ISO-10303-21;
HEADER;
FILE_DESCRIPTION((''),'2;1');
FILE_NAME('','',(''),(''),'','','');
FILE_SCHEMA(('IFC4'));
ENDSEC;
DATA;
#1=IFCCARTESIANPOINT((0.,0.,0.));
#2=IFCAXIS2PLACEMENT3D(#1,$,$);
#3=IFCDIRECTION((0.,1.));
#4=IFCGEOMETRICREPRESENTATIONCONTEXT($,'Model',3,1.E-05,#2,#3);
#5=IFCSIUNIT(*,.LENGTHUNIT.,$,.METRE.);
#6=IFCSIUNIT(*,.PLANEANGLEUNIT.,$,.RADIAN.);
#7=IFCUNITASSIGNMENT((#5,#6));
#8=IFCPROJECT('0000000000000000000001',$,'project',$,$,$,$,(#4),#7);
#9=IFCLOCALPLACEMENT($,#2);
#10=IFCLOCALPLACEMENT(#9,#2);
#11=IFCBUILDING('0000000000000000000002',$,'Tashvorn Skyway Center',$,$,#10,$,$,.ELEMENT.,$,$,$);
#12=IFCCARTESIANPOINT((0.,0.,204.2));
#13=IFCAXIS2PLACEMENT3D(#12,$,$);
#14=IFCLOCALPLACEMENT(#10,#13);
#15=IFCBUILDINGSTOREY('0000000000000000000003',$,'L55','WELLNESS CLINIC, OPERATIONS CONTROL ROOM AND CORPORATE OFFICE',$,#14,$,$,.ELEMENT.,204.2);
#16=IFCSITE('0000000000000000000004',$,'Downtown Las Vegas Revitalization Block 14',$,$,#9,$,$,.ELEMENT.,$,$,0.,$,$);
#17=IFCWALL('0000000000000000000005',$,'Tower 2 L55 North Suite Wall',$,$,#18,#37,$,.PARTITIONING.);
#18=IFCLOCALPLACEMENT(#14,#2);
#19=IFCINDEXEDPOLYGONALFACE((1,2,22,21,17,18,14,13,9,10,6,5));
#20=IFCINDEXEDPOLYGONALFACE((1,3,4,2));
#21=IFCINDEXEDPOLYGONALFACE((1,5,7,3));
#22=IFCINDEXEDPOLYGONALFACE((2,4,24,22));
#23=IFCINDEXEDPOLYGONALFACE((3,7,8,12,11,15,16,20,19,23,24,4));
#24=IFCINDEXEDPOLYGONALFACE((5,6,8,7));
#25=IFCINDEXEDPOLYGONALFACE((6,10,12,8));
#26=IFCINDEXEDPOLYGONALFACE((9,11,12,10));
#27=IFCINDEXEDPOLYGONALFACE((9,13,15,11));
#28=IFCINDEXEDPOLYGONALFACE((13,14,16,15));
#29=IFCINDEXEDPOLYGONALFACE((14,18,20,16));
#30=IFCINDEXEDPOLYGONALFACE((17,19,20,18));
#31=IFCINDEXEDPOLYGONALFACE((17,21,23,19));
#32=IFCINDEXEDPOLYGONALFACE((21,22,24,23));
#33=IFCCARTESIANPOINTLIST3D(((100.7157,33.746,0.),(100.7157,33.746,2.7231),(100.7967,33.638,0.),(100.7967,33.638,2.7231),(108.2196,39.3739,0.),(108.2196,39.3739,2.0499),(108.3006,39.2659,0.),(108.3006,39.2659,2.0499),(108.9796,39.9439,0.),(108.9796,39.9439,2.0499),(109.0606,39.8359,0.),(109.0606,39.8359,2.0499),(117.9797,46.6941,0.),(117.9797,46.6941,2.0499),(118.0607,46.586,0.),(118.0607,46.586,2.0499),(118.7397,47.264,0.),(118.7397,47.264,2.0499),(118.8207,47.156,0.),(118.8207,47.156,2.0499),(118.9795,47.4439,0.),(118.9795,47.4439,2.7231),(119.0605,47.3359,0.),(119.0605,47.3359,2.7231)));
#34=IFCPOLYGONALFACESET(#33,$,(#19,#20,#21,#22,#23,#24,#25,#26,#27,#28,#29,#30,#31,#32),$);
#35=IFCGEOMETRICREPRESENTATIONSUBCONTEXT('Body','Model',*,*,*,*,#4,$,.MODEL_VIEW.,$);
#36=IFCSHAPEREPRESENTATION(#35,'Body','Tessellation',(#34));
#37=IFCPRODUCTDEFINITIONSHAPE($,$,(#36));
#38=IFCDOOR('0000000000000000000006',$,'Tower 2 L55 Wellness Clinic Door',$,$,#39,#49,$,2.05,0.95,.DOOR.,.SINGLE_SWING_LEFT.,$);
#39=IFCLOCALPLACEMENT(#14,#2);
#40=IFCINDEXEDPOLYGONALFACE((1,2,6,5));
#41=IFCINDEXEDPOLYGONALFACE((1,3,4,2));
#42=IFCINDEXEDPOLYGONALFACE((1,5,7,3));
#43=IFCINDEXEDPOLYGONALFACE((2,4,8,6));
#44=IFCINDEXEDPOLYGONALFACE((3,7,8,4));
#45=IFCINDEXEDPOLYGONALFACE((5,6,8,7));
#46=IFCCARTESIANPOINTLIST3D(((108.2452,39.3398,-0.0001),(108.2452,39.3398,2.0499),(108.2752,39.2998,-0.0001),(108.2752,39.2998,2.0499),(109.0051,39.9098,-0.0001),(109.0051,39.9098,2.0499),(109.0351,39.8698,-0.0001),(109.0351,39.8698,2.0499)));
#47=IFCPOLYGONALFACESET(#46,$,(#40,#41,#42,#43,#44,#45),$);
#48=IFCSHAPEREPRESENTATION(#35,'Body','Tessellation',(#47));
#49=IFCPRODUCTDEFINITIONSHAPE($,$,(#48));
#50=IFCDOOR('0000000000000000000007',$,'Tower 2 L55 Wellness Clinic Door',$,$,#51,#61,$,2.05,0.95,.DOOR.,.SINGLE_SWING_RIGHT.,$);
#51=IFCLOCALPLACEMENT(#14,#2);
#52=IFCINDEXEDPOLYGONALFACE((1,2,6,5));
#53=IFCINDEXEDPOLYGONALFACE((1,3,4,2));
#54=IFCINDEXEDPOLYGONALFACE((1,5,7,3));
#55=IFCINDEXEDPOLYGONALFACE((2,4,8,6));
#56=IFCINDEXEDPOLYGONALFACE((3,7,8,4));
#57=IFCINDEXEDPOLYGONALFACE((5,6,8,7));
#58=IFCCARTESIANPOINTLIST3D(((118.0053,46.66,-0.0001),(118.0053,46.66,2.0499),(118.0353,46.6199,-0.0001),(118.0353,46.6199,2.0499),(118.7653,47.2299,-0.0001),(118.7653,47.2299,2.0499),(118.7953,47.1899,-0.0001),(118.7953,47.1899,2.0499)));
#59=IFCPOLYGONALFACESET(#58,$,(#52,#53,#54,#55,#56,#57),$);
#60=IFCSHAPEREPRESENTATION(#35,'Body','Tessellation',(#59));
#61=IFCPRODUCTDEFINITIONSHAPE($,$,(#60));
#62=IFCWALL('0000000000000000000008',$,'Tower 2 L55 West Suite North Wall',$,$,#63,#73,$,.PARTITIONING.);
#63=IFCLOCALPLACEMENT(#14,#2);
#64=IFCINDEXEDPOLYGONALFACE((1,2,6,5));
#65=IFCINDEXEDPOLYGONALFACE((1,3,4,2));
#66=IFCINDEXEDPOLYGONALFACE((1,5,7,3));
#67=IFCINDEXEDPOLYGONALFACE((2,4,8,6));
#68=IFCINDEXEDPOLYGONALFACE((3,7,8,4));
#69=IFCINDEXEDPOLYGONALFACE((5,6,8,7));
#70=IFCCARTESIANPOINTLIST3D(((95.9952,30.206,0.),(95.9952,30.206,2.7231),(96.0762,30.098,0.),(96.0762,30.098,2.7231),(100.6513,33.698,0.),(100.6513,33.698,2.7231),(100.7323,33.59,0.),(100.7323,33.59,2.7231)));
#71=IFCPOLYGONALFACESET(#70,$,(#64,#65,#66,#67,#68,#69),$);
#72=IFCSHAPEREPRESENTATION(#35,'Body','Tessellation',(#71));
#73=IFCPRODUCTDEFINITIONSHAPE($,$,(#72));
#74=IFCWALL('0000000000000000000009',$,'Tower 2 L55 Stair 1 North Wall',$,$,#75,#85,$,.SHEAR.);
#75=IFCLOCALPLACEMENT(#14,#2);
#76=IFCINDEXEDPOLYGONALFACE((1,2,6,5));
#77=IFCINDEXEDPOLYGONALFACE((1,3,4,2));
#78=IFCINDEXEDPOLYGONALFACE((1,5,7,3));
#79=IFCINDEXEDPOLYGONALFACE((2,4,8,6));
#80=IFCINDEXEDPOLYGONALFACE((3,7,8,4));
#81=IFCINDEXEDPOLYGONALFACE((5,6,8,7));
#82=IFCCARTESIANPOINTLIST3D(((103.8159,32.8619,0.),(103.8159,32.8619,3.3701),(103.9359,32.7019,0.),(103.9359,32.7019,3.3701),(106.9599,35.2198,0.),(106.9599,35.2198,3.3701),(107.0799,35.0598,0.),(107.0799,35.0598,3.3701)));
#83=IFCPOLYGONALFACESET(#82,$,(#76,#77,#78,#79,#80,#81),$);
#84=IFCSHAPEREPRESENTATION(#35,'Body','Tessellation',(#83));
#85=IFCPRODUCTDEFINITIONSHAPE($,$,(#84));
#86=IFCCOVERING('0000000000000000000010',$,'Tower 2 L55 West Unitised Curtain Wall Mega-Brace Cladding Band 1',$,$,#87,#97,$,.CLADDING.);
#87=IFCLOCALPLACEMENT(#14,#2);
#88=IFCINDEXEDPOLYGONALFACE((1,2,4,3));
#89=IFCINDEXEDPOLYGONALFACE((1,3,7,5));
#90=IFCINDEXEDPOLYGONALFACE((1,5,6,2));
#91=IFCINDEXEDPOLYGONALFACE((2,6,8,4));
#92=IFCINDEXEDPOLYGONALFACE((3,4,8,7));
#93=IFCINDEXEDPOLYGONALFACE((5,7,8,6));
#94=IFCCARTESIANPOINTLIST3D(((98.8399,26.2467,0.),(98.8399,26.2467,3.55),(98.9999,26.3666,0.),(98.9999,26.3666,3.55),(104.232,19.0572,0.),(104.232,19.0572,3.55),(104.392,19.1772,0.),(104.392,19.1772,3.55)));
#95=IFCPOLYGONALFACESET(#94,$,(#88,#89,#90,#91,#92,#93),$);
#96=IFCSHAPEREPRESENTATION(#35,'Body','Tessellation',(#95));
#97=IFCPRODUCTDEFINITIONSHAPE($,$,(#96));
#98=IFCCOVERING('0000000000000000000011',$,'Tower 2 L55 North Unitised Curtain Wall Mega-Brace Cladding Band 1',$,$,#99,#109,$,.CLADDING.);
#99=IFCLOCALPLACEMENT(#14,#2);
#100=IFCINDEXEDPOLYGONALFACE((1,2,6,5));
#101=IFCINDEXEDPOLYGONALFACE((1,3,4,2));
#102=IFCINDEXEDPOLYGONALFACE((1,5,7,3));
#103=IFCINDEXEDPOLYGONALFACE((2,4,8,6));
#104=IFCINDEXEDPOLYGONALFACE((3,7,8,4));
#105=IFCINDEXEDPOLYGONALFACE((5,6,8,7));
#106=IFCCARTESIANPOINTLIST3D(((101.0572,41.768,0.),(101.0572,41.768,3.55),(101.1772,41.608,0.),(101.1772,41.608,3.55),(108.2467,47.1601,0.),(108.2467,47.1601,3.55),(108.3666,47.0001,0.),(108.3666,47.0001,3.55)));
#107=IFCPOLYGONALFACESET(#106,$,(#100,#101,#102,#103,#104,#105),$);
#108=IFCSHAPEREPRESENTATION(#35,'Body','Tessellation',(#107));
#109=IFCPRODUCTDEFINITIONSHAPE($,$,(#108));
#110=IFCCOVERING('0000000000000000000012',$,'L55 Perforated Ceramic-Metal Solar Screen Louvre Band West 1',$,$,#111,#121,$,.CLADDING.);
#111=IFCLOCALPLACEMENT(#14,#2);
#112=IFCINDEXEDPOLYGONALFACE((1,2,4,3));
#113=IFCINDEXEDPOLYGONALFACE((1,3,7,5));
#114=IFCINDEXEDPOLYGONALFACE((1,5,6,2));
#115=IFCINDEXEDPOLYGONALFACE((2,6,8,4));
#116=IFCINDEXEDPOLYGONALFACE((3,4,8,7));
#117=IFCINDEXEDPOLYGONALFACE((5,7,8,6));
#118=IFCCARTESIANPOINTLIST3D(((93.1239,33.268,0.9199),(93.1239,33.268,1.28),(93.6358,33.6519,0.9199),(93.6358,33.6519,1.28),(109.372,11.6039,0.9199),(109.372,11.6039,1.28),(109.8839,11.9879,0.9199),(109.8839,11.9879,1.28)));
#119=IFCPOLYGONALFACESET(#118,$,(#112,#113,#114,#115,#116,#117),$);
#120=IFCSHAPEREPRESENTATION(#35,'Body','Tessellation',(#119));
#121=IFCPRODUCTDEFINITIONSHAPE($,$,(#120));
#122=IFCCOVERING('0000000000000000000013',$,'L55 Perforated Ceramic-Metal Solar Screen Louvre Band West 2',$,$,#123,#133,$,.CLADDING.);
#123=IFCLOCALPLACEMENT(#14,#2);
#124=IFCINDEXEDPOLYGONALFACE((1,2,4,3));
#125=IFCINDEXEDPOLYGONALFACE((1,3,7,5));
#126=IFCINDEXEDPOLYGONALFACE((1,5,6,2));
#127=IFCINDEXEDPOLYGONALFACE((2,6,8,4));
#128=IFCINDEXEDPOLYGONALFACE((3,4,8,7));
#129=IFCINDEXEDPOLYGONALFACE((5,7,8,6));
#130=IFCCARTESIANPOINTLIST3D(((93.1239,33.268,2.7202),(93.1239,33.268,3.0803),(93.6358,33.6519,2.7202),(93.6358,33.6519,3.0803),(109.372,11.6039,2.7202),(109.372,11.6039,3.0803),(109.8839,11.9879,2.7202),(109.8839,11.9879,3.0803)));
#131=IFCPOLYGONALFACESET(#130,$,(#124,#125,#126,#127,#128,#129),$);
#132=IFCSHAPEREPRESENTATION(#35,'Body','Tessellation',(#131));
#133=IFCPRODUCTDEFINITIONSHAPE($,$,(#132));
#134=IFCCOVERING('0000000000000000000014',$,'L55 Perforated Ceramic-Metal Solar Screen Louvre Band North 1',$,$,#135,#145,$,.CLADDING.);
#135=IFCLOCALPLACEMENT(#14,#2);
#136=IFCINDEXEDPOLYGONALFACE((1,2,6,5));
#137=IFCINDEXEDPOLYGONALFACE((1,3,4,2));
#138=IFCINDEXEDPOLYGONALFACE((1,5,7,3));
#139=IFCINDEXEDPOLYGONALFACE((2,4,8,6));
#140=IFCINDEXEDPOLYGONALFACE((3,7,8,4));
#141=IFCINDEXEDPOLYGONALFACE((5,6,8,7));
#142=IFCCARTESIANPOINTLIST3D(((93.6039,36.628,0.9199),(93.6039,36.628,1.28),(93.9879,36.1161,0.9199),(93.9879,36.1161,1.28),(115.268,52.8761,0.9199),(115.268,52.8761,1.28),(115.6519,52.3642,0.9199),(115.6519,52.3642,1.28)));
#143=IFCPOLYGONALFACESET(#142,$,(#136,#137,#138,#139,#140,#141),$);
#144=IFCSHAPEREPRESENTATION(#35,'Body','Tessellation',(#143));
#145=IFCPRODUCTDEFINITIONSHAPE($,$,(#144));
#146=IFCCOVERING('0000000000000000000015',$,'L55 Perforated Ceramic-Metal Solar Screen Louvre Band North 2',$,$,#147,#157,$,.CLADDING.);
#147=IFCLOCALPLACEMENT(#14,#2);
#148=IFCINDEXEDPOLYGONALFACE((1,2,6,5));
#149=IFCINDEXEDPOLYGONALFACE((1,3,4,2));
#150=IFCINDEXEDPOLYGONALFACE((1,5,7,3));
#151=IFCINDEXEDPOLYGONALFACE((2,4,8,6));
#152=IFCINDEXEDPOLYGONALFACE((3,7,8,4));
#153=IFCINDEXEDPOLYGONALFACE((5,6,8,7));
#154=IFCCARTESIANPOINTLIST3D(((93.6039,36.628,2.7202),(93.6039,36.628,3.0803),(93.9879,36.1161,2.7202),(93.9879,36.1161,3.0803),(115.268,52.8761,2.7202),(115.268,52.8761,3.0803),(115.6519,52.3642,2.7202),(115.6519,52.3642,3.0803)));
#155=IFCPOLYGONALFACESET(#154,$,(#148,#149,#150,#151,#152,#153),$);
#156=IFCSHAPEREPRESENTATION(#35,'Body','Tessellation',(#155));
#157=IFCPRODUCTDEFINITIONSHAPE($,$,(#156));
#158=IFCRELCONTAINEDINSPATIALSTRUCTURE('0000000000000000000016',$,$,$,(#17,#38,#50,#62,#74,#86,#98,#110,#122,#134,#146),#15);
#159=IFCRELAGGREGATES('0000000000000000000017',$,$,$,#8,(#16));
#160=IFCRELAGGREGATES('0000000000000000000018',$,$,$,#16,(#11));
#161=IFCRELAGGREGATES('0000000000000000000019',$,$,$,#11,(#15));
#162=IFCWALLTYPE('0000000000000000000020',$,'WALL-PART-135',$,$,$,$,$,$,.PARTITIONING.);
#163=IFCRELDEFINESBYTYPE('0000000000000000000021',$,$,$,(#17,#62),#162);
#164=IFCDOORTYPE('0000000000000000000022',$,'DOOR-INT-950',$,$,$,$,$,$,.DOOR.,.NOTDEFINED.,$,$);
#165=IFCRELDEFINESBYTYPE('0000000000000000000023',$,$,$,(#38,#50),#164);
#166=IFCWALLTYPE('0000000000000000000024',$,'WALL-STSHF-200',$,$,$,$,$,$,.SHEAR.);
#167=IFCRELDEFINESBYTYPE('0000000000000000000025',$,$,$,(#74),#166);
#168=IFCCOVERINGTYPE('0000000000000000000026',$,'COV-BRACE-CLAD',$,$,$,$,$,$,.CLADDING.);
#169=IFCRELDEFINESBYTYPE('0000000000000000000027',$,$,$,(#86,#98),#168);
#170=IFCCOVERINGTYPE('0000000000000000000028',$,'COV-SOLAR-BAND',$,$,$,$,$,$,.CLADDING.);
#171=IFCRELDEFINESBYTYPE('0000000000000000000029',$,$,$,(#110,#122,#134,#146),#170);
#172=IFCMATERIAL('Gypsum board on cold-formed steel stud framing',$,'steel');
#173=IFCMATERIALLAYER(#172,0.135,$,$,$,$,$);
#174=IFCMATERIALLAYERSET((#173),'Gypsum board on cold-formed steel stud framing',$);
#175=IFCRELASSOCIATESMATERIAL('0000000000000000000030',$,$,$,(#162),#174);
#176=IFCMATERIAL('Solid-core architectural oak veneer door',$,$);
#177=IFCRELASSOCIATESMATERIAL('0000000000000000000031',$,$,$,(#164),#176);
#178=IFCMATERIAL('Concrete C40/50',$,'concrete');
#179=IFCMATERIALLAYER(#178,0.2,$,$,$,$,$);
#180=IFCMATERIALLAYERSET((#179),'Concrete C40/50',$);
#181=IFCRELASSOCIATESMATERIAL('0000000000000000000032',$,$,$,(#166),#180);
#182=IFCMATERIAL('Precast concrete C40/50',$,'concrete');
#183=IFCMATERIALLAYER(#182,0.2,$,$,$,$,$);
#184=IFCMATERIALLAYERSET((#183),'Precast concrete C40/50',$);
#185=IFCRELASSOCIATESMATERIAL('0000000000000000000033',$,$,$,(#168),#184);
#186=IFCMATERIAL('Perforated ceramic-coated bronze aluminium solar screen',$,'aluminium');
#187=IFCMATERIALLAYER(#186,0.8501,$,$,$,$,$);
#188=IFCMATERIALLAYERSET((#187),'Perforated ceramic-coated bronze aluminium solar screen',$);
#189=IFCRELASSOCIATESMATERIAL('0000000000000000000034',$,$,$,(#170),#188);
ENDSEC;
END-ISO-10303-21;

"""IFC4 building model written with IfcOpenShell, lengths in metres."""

from ifc_helpers import new_model, si_unit, direction, frame, frame_2d, origin, origin_2d, place, context, subcontext, project, spatial, rectangle, extrude, material, layer, layer_set, type_object, element, fill, save


model = new_model("IFC4")

# Units and contexts
model_context = context("Model", 3, precision=1e-05, world=origin(), true_north=direction((0.0, 1.0)))
body_context = subcontext(model_context, "Body", "Model", "MODEL_VIEW")
ifc_project = project(units=[si_unit("LENGTHUNIT", "METRE"), si_unit("PLANEANGLEUNIT", "RADIAN")], contexts=[model_context])

# Site, building, storey
site_placement = place(None, origin())
site = spatial("IfcSite", under=ifc_project, at=site_placement, Name="Downtown Las Vegas Revitalization Block 14", CompositionType="ELEMENT", RefElevation=0.0)
building_placement = place(site_placement, origin())
building = spatial("IfcBuilding", under=site, at=building_placement, Name="Tashvorn Skyway Center", CompositionType="ELEMENT")
storey_placement = place(building_placement, frame((0.0, 0.0, 204.2)))
storey = spatial("IfcBuildingStorey", under=building, at=storey_placement, Name="L55", Description="WELLNESS CLINIC, OPERATIONS CONTROL ROOM AND CORPORATE OFFICE", CompositionType="ELEMENT", Elevation=204.2)

# Shared definitions
ifc_material_1 = material(Name="Gypsum board on cold-formed steel stud framing", Category="steel")

# Wall, openings, doors
ifc_layer_1 = layer(ifc_material_1, 0.135)
ifc_layer_set_1 = layer_set([ifc_layer_1], Name="Gypsum board on cold-formed steel stud framing")
wall_type_1 = type_object("IfcWallType", Name="WALL-PART-135", PredefinedType="PARTITIONING", material=ifc_layer_set_1)
wall_1_placement = place(storey_placement, frame((100.7561, 33.6919, 0.0), z_axis=(0.0, 0.0, 1.0), x_axis=(0.799999, 0.600002, 0.0)))
wall_1 = element("IfcWall", 1, at=wall_1_placement, inside=storey, type_object=wall_type_1, Name="Tower 2 L55 North Suite Wall", PredefinedType="PARTITIONING", context=body_context, shape_type="SweptSolid", body=[
    extrude(rectangle(XDim=22.8298, YDim=0.135, at=frame_2d((11.415, 0.0))), origin(), (0.0, 0.0, 1.0), 2.7231),
])
opening_1_placement = place(wall_1_placement, frame((9.3799, 0.0, 0.0)))
opening_1 = element("IfcOpeningElement", 2, at=opening_1_placement, cuts=wall_1, PredefinedType="OPENING", context=body_context, shape_type="SweptSolid", body=[
    extrude(rectangle(XDim=0.95, YDim=2.05, at=frame_2d((0.4751, 1.0249))), frame((0.0, 0.0774, 0.0), z_axis=(0.0, -1.0, 0.0), x_axis=(1.0, 0.0, 0.0)), (0.0, 0.0, 1.0), 0.155),
])
opening_2_placement = place(wall_1_placement, frame((21.5801, 0.0, 0.0)))
opening_2 = element("IfcOpeningElement", 3, at=opening_2_placement, cuts=wall_1, PredefinedType="OPENING", context=body_context, shape_type="SweptSolid", body=[
    extrude(rectangle(XDim=0.95, YDim=2.05, at=frame_2d((0.4751, 1.0249))), frame((0.0, 0.0774, 0.0), z_axis=(0.0, -1.0, 0.0), x_axis=(1.0, 0.0, 0.0)), (0.0, 0.0, 1.0), 0.155),
])
ifc_material_2 = material(Name="Solid-core architectural oak veneer door")
door_type_1 = type_object("IfcDoorType", Name="DOOR-INT-950", OperationType="NOTDEFINED", PredefinedType="DOOR", material=ifc_material_2)
door_1_placement = place(opening_1_placement, origin())
door_1 = element("IfcDoor", 4, at=door_1_placement, inside=storey, type_object=door_type_1, Name="Tower 2 L55 Wellness Clinic Door", OperationType="SINGLE_SWING_LEFT", OverallHeight=2.05, OverallWidth=0.95, PredefinedType="DOOR", context=body_context, shape_type="SweptSolid", body=[
    extrude(rectangle(XDim=0.95, YDim=2.05, at=frame_2d((0.4751, 1.0249))), frame((0.0, 0.0249, 0.0), z_axis=(0.0, -1.0, 0.0), x_axis=(1.0, 0.0, 0.0)), (0.0, 0.0, 1.0), 0.05),
])
fill(opening_1, door_1)
door_2_placement = place(opening_2_placement, origin())
door_2 = element("IfcDoor", 5, at=door_2_placement, inside=storey, type_object=door_type_1, Name="Tower 2 L55 Wellness Clinic Door", OperationType="SINGLE_SWING_RIGHT", OverallHeight=2.05, OverallWidth=0.95, PredefinedType="DOOR", context=body_context, shape_type="SweptSolid", body=[
    extrude(rectangle(XDim=0.95, YDim=2.05, at=frame_2d((0.4751, 1.0249))), frame((0.0, 0.0249, 0.0), z_axis=(0.0, -1.0, 0.0), x_axis=(1.0, 0.0, 0.0)), (0.0, 0.0, 1.0), 0.05),
])
fill(opening_2, door_2)

# Walls
wall_2_placement = place(storey_placement, frame((100.6919, 33.644, 0.0), z_axis=(0.0, 0.0, 1.0), x_axis=(-0.800005, -0.599993, 0.0)))
element("IfcWall", 6, at=wall_2_placement, inside=storey, type_object=wall_type_1, Name="Tower 2 L55 West Suite North Wall", PredefinedType="PARTITIONING", context=body_context, shape_type="SweptSolid", body=[
    extrude(rectangle(XDim=5.8201, YDim=0.135, at=frame_2d((2.9102, 0.0))), origin(), (0.0, 0.0, 1.0), 2.7231),
])
ifc_material_3 = material(Name="Concrete C40/50", Category="concrete")
ifc_layer_2 = layer(ifc_material_3, 0.2)
ifc_layer_set_2 = layer_set([ifc_layer_2], Name="Concrete C40/50")
wall_type_2 = type_object("IfcWallType", Name="WALL-STSHF-200", PredefinedType="SHEAR", material=ifc_layer_set_2)
wall_3_placement = place(storey_placement, frame((103.876, 32.782, 0.0), z_axis=(0.0, 0.0, 1.0), x_axis=(0.800015, 0.59998, 0.0)))
element("IfcWall", 7, at=wall_3_placement, inside=storey, type_object=wall_type_2, Name="Tower 2 L55 Stair 1 North Wall", PredefinedType="SHEAR", context=body_context, shape_type="SweptSolid", body=[
    extrude(rectangle(XDim=3.9299, YDim=0.2, at=frame_2d((1.9648, 0.0))), origin(), (0.0, 0.0, 1.0), 3.3701),
])

# Coverings
ifc_material_4 = material(Name="Precast concrete C40/50", Category="concrete")
ifc_layer_3 = layer(ifc_material_4, 0.2)
ifc_layer_set_3 = layer_set([ifc_layer_3], Name="Precast concrete C40/50")
covering_type_1 = type_object("IfcCoveringType", Name="COV-BRACE-CLAD", PredefinedType="CLADDING", material=ifc_layer_set_3)
for number, where, z_axis, x_axis, name in (
    (8, (101.616, 22.7119, 0.0), (0.0, 0.0, 1.0), (-0.6, 0.8, 0.0), "Tower 2 L55 West Unitised Curtain Wall Mega-Brace Cladding Band 1"),
    (9, (104.7119, 44.384, 0.0), (0.0, 0.0, 1.0), (0.8, 0.6, 0.0), "Tower 2 L55 North Unitised Curtain Wall Mega-Brace Cladding Band 1"),
):
    element("IfcCovering", number, at=place(storey_placement, frame(where, z_axis=z_axis, x_axis=x_axis)), inside=storey, type_object=covering_type_1, Name=name, PredefinedType="CLADDING", context=body_context, shape_type="SweptSolid", body=[
        extrude(rectangle(XDim=8.9868, YDim=0.2, at=origin_2d()), origin(), (0.0, 0.0, 1.0), 3.55),
    ])
ifc_material_5 = material(Name="Perforated ceramic-coated bronze aluminium solar screen", Category="aluminium")
ifc_layer_4 = layer(ifc_material_5, 0.8501)
ifc_layer_set_4 = layer_set([ifc_layer_4], Name="Perforated ceramic-coated bronze aluminium solar screen")
covering_type_2 = type_object("IfcCoveringType", Name="COV-SOLAR-BAND", PredefinedType="CLADDING", material=ifc_layer_set_4)
for number, where, z_axis, x_axis, name in (
    (10, (101.5039, 22.6279, 0.9199), (0.0, 0.0, 1.0), (-0.6, 0.8, 0.0), "L55 Perforated Ceramic-Metal Solar Screen Louvre Band West 1"),
    (11, (101.5039, 22.6279, 2.7202), (0.0, 0.0, 1.0), (-0.6, 0.8, 0.0), "L55 Perforated Ceramic-Metal Solar Screen Louvre Band West 2"),
    (12, (104.6279, 44.4961, 0.9199), (0.0, 0.0, 1.0), (0.8, 0.6, 0.0), "L55 Perforated Ceramic-Metal Solar Screen Louvre Band North 1"),
    (13, (104.6279, 44.4961, 2.7202), (0.0, 0.0, 1.0), (0.8, 0.6, 0.0), "L55 Perforated Ceramic-Metal Solar Screen Louvre Band North 2"),
):
    element("IfcCovering", number, at=place(storey_placement, frame(where, z_axis=z_axis, x_axis=x_axis)), inside=storey, type_object=covering_type_2, Name=name, PredefinedType="CLADDING", context=body_context, shape_type="SweptSolid", body=[
        extrude(rectangle(XDim=27.0801, YDim=0.6399, at=origin_2d()), origin(), (0.0, 0.0, 1.0), 0.3601),
    ])

save(model, "model.ifc")
